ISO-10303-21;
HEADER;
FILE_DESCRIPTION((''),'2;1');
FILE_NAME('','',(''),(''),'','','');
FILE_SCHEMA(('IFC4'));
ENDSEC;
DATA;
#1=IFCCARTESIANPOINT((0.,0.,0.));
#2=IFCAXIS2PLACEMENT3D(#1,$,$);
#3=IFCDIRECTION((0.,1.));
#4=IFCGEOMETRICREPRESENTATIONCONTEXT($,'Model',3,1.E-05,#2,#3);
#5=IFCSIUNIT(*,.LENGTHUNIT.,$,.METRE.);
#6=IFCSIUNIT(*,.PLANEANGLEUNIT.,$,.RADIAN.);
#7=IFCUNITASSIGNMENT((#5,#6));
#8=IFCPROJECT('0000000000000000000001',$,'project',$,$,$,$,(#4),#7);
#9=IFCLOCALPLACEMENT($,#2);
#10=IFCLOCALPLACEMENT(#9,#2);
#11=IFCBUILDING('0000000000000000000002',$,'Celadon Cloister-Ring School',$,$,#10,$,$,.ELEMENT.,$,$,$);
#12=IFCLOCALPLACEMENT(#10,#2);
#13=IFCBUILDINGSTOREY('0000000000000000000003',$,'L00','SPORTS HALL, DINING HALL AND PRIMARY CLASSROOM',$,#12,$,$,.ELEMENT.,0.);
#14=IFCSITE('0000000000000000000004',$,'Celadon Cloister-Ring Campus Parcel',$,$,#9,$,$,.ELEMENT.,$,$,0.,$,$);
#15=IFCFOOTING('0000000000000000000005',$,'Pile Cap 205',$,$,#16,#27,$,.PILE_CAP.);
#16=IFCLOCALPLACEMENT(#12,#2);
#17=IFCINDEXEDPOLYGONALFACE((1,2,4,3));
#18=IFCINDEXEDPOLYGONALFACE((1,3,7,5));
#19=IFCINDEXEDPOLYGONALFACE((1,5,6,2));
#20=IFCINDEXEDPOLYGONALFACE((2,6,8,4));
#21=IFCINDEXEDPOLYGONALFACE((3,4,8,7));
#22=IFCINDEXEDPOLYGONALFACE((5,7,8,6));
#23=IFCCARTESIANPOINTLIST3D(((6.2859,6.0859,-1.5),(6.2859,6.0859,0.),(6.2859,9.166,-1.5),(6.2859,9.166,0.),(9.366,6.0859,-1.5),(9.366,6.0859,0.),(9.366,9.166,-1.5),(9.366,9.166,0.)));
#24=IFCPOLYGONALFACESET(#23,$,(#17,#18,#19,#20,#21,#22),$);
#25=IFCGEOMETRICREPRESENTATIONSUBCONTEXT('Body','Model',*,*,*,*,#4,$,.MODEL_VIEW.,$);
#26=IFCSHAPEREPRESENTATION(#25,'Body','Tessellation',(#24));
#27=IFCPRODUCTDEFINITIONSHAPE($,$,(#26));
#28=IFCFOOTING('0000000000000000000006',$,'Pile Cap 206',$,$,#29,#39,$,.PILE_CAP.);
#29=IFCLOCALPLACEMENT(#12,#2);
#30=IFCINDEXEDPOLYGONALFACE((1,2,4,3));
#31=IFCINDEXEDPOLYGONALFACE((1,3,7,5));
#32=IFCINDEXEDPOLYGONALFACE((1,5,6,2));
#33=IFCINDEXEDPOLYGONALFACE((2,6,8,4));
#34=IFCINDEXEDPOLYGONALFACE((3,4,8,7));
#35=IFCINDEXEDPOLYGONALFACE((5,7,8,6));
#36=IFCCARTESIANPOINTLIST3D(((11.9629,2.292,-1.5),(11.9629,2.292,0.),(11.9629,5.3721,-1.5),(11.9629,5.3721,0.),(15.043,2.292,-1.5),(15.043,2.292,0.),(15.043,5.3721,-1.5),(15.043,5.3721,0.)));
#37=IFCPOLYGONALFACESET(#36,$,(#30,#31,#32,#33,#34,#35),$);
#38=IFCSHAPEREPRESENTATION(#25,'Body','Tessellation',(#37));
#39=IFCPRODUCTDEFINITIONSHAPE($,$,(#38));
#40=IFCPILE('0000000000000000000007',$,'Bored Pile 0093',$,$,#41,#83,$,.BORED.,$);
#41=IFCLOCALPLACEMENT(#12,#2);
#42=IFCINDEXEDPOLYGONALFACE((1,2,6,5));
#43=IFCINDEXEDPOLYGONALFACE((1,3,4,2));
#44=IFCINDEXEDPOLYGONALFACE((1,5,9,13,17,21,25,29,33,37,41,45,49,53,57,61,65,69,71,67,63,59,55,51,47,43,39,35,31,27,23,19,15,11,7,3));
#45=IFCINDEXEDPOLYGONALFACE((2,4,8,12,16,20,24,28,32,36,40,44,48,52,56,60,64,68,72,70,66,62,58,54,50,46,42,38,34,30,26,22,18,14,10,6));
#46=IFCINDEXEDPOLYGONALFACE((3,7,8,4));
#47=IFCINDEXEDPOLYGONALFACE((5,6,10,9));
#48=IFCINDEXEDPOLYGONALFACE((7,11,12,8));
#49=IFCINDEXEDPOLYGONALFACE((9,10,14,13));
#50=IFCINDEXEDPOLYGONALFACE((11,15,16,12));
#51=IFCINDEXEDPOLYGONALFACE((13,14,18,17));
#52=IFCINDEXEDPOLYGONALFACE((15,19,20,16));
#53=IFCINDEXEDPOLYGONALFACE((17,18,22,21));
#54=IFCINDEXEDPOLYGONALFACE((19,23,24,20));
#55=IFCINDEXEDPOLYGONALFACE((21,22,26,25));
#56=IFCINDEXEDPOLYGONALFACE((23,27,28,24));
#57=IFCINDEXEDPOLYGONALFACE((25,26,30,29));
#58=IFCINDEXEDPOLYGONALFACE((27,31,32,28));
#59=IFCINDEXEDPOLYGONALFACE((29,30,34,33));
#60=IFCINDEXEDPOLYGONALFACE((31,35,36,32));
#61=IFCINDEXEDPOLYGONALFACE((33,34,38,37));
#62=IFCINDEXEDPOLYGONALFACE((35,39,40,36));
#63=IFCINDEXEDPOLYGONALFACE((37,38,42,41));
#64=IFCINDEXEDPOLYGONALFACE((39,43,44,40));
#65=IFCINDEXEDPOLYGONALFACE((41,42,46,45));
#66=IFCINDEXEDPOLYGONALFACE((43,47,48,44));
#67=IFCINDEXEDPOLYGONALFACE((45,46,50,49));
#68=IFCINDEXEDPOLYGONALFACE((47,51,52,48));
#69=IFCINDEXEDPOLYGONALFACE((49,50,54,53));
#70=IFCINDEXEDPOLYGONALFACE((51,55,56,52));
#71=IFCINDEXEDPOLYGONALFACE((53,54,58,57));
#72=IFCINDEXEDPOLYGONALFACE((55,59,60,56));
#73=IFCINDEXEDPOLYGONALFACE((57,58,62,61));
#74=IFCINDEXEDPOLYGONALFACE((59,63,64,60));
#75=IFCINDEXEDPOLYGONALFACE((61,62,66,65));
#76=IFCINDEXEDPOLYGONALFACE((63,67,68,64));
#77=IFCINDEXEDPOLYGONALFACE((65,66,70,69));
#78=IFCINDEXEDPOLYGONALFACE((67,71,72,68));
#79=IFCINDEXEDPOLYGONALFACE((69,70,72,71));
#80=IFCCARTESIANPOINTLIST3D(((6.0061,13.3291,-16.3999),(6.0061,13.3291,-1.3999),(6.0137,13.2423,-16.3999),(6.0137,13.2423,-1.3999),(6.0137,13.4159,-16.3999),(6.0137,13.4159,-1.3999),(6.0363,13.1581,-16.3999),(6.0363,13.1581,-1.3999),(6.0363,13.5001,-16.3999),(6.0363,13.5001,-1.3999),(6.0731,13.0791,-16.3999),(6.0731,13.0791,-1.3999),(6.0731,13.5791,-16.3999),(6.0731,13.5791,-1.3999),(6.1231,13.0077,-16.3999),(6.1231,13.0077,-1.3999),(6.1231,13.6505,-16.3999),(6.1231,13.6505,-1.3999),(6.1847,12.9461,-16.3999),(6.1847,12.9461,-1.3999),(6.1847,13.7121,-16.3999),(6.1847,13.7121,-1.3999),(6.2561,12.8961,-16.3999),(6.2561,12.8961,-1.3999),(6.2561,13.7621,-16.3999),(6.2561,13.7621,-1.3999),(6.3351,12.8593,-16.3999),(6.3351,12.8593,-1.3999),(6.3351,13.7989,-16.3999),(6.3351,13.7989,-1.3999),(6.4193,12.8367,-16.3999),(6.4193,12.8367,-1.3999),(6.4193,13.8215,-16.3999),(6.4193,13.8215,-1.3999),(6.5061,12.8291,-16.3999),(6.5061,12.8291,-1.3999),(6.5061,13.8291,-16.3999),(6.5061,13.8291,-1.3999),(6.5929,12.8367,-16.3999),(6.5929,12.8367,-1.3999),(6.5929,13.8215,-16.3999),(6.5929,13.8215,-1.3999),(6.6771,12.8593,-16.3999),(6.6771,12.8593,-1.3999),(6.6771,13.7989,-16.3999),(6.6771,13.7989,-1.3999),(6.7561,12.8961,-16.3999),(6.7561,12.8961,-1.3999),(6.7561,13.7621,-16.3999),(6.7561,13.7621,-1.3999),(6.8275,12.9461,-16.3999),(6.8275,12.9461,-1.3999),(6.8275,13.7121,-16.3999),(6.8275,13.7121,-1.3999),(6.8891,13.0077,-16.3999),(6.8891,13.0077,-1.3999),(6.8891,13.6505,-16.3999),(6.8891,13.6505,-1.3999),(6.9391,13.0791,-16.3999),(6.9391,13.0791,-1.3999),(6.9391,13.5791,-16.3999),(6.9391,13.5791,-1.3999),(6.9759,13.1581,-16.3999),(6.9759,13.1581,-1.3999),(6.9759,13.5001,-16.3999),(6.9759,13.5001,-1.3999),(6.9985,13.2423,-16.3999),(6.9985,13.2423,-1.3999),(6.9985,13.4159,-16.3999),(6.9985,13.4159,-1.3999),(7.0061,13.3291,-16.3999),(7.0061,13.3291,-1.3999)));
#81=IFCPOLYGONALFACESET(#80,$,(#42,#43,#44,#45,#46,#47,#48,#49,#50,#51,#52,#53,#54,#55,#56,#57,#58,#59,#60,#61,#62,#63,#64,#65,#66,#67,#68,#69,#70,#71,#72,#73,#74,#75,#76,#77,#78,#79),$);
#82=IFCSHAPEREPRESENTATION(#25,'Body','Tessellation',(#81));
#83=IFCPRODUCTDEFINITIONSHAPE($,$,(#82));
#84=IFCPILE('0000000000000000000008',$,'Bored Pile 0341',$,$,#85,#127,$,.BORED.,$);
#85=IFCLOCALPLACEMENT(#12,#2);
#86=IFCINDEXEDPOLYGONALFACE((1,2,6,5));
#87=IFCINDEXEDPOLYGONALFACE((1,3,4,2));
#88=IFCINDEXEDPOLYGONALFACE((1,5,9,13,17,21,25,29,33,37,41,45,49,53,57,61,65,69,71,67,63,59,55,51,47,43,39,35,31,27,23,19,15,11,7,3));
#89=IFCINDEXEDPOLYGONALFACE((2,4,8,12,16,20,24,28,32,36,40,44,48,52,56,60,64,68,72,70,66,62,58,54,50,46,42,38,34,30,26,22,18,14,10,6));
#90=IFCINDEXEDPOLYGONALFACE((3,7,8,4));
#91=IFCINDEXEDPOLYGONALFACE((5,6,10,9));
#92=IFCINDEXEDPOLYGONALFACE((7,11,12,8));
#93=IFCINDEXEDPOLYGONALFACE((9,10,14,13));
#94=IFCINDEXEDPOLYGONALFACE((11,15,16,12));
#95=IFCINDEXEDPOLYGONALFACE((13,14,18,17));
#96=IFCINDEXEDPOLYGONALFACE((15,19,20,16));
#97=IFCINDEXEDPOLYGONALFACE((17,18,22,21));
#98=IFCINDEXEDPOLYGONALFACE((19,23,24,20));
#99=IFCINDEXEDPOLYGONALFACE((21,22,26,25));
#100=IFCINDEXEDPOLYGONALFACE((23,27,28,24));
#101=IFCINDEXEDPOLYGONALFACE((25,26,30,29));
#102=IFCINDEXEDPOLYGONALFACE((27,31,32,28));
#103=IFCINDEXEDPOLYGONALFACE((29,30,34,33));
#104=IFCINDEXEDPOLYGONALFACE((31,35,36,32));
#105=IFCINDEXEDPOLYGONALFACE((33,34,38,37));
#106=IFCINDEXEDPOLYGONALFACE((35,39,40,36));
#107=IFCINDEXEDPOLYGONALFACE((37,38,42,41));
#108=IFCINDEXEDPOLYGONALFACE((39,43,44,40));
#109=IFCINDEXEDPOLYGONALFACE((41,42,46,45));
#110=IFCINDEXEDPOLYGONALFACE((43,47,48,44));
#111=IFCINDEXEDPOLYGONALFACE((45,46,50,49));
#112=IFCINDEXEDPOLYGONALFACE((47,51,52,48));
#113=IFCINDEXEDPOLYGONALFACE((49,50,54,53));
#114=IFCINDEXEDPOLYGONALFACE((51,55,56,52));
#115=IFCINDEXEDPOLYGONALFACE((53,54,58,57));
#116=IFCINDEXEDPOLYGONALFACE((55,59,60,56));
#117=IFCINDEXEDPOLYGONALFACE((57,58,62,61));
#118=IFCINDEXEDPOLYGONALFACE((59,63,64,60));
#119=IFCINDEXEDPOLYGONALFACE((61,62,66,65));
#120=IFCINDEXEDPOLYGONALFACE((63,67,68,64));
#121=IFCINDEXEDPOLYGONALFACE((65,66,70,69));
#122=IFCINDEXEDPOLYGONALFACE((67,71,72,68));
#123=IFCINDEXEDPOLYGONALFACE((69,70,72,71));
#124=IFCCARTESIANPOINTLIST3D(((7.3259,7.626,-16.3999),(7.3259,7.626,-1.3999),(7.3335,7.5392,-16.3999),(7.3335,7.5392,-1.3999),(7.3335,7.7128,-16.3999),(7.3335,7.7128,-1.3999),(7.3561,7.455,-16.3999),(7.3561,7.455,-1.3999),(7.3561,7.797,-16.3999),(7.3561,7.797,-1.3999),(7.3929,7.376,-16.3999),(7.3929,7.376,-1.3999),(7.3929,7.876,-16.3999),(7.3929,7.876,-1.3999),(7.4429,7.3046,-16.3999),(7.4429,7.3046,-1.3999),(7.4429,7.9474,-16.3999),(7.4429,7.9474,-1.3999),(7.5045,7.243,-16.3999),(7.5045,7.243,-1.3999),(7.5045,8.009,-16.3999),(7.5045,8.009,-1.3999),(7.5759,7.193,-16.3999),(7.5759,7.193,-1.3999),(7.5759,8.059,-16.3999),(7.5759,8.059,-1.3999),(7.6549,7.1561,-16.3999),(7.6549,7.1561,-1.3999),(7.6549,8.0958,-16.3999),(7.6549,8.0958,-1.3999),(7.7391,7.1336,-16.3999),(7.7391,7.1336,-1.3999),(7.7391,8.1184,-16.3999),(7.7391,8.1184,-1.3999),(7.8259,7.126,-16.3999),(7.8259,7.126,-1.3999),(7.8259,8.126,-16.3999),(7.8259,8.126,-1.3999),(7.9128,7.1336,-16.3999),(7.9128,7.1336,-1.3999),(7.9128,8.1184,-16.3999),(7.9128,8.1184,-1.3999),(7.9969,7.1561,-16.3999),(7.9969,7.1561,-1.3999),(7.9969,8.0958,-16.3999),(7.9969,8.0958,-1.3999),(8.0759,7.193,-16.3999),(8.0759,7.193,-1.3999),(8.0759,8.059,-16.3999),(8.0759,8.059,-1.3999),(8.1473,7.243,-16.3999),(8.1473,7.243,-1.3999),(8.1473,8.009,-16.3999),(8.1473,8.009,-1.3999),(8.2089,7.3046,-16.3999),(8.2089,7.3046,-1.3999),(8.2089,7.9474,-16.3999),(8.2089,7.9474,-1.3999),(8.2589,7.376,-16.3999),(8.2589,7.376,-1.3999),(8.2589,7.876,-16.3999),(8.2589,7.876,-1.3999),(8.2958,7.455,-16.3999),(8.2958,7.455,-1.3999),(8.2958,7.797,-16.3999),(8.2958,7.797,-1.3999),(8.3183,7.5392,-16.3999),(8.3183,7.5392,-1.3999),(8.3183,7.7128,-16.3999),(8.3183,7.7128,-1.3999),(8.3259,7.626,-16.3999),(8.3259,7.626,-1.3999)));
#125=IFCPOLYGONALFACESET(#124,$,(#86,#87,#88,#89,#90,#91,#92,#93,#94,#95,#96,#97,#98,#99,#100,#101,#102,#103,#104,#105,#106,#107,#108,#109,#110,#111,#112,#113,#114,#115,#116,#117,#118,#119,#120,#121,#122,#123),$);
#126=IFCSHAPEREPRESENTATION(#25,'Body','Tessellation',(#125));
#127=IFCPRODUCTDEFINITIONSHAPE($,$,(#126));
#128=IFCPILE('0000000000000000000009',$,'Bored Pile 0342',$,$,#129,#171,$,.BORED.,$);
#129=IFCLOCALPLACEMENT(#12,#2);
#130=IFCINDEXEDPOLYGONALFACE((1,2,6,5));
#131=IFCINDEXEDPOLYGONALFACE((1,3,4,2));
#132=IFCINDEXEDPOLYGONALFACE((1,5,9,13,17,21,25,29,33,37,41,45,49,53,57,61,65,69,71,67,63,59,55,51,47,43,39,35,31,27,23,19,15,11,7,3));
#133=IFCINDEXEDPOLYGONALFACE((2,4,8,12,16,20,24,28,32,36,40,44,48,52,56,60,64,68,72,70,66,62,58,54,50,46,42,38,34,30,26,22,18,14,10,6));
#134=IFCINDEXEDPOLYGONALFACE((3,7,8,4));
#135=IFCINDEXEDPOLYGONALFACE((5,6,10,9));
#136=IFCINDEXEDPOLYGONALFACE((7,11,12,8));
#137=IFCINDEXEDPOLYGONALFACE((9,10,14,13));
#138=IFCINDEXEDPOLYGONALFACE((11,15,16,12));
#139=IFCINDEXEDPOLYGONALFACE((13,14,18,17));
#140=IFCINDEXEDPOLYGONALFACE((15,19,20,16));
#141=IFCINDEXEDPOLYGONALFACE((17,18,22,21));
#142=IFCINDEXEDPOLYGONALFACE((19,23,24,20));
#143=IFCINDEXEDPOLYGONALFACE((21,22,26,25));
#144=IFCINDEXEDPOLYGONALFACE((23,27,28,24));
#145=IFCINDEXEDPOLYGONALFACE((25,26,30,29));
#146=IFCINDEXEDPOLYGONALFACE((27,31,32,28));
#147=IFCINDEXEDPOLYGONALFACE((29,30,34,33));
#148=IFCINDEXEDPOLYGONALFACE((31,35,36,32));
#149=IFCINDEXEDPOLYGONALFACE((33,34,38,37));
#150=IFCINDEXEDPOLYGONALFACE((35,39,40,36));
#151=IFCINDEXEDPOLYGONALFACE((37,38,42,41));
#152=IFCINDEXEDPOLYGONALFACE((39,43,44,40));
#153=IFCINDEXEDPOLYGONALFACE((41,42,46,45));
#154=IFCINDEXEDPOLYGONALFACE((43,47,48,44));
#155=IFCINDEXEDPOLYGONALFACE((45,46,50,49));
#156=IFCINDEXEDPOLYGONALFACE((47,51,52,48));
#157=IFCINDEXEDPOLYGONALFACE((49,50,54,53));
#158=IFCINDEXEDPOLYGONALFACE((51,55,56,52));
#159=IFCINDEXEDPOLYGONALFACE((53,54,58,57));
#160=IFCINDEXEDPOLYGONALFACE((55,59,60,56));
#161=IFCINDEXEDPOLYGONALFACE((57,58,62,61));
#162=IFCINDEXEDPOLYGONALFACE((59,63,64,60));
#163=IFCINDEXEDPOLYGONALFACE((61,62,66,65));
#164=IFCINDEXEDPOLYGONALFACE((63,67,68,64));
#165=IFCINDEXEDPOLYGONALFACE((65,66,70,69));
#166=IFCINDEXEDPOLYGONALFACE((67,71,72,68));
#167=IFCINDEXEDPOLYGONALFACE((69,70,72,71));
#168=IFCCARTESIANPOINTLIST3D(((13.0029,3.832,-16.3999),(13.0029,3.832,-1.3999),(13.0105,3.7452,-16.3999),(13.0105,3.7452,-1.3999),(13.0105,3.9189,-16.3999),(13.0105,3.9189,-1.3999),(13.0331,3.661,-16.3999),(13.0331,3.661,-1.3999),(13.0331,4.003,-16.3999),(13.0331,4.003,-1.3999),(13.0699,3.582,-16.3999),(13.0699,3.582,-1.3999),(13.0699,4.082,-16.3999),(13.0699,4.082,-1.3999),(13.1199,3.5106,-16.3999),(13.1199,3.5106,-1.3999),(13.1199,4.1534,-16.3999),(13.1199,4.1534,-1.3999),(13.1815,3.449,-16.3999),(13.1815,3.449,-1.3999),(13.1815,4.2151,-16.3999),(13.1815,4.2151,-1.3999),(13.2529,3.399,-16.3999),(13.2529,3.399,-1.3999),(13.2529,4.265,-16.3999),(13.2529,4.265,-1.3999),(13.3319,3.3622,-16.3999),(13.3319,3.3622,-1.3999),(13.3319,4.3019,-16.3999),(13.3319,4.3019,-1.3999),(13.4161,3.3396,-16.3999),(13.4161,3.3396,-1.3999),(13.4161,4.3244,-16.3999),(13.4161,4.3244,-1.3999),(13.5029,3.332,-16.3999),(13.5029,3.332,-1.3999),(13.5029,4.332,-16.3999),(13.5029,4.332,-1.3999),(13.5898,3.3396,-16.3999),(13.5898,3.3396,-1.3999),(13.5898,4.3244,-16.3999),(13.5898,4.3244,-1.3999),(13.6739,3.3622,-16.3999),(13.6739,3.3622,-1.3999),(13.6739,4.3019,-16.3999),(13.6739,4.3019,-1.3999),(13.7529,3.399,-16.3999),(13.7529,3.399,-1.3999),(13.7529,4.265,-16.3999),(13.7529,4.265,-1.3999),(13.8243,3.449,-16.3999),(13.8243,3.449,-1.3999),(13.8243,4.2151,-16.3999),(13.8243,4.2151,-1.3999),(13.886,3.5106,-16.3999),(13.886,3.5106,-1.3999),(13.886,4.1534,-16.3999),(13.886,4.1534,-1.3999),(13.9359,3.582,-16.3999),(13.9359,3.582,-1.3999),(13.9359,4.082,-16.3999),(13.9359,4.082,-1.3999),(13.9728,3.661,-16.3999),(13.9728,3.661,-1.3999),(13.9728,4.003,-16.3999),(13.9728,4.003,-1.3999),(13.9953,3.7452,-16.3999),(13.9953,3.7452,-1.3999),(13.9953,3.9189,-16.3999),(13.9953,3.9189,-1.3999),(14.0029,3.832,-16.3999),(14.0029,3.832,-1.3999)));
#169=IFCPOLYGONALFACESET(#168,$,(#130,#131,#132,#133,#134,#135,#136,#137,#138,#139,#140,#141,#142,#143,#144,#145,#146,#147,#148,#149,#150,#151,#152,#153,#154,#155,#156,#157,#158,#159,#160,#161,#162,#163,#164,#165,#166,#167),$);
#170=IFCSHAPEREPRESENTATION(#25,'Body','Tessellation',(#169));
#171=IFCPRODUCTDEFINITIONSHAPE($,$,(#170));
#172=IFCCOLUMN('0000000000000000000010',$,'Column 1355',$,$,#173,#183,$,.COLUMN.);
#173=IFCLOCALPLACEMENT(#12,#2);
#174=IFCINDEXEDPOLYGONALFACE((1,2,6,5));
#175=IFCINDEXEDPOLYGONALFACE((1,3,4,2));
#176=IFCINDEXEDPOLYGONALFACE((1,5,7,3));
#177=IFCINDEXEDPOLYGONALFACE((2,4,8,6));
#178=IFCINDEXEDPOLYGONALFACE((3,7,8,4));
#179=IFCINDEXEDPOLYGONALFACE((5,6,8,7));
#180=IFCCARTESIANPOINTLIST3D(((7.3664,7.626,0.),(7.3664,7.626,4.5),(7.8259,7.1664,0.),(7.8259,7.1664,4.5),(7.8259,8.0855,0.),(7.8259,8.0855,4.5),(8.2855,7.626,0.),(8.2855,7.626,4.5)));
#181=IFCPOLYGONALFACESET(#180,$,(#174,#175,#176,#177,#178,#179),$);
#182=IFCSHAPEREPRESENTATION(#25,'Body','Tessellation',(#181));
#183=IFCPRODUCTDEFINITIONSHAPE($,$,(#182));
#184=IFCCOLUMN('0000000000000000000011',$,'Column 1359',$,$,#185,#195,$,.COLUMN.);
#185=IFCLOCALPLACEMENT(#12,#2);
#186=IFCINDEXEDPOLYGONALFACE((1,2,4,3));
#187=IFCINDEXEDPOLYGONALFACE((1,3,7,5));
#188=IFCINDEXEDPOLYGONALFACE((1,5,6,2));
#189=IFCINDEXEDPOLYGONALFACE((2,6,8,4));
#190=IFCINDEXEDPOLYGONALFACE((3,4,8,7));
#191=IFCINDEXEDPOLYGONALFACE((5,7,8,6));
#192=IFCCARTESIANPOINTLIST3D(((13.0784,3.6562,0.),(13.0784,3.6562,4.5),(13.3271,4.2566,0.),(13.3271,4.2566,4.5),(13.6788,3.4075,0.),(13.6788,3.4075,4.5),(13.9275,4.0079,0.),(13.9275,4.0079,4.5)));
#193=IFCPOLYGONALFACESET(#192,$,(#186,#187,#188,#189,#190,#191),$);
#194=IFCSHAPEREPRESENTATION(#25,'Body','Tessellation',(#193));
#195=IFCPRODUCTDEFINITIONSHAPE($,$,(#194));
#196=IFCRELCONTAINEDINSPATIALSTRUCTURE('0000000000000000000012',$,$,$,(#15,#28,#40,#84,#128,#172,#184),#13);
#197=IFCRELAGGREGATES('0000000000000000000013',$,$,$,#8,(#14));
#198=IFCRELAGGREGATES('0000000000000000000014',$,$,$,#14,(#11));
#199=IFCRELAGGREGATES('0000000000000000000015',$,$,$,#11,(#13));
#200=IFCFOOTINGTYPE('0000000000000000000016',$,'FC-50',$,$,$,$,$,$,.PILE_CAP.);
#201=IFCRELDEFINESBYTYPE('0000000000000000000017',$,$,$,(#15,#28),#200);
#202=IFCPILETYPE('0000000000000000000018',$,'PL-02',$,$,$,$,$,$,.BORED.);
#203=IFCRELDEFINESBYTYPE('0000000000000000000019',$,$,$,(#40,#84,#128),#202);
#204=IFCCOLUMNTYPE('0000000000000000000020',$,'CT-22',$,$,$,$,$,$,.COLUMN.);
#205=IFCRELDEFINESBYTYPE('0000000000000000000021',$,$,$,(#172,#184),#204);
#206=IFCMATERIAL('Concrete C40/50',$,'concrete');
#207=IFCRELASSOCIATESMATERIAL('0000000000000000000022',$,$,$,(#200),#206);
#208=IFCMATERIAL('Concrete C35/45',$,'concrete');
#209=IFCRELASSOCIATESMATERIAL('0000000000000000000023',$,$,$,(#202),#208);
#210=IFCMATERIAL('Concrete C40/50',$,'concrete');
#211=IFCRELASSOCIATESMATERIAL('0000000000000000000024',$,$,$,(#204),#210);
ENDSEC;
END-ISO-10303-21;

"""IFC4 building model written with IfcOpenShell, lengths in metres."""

from ifc_helpers import new_model, si_unit, direction, frame, origin, origin_2d, place, context, subcontext, project, spatial, rectangle, circle, extrude, material, material_profile, profile_set, type_object, element, save


model = new_model("IFC4")

# Units and contexts
model_context = context("Model", 3, precision=1e-05, world=origin(), true_north=direction((0.0, 1.0)))
body_context = subcontext(model_context, "Body", "Model", "MODEL_VIEW")
ifc_project = project(units=[si_unit("LENGTHUNIT", "METRE"), si_unit("PLANEANGLEUNIT", "RADIAN")], contexts=[model_context])

# Site, building, storey
site_placement = place(None, origin())
site = spatial("IfcSite", under=ifc_project, at=site_placement, Name="Celadon Cloister-Ring Campus Parcel", CompositionType="ELEMENT", RefElevation=0.0)
building_placement = place(site_placement, origin())
building = spatial("IfcBuilding", under=site, at=building_placement, Name="Celadon Cloister-Ring School", CompositionType="ELEMENT")
storey_placement = place(building_placement, origin())
storey = spatial("IfcBuildingStorey", under=building, at=storey_placement, Name="L00", Description="SPORTS HALL, DINING HALL AND PRIMARY CLASSROOM", CompositionType="ELEMENT", Elevation=0.0)

# Footings
ifc_material_1 = material(Name="Concrete C40/50", Category="concrete")
footing_type = type_object("IfcFootingType", Name="FC-50", PredefinedType="PILE_CAP", material=ifc_material_1)
for number, where, z_axis, x_axis, name in (
    (1, (7.8259, 7.626, -1.5), (0.0, 0.0, 1.0), (1.0, 0.0, 0.0), "Pile Cap 205"),
    (2, (13.5029, 3.832, -1.5), (0.0, 0.0, 1.0), (1.0, 0.0, 0.0), "Pile Cap 206"),
):
    element("IfcFooting", number, at=place(storey_placement, frame(where, z_axis=z_axis, x_axis=x_axis)), inside=storey, type_object=footing_type, Name=name, PredefinedType="PILE_CAP", context=body_context, shape_type="SweptSolid", body=[
        extrude(rectangle(XDim=3.0801, YDim=3.0801, at=origin_2d()), origin(), (0.0, 0.0, 1.0), 1.5),
    ])

# Piles
ifc_material_2 = material(Name="Concrete C35/45", Category="concrete")
ifc_material_profile_1 = material_profile(ifc_material_2, circle(Radius=0.5, at=origin_2d()), Name="PILE1000")
ifc_profile_set_1 = profile_set([ifc_material_profile_1], Name="Concrete C35/45")
pile_type = type_object("IfcPileType", Name="PL-02", PredefinedType="BORED", material=ifc_profile_set_1)
for number, where, z_axis, x_axis, name in (
    (3, (6.5061, 13.3291, -1.3999), (0.0, 0.0, -1.0), (1.0, 0.0, 0.0), "Bored Pile 0093"),
    (4, (7.8259, 7.626, -1.3999), (0.0, 0.0, -1.0), (1.0, 0.0, 0.0), "Bored Pile 0341"),
    (5, (13.5029, 3.832, -1.3999), (0.0, 0.0, -1.0), (1.0, 0.0, 0.0), "Bored Pile 0342"),
):
    element("IfcPile", number, at=place(storey_placement, frame(where, z_axis=z_axis, x_axis=x_axis)), inside=storey, type_object=pile_type, Name=name, PredefinedType="BORED", context=body_context, shape_type="SweptSolid", body=[
        extrude(circle(Radius=0.5, at=origin_2d()), origin(), (0.0, 0.0, 1.0), 15.0),
    ])

# Columns
ifc_material_3 = material(Name="Concrete C40/50", Category="concrete")
ifc_material_profile_2 = material_profile(ifc_material_3, rectangle(XDim=0.6499, YDim=0.6499, at=origin_2d()), Name="RC650X650")
ifc_profile_set_2 = profile_set([ifc_material_profile_2], Name="Concrete C40/50")
column_type = type_object("IfcColumnType", Name="CT-22", PredefinedType="COLUMN", material=ifc_profile_set_2)
for number, where, z_axis, x_axis, name in (
    (6, (7.8259, 7.626, 0.0), (0.0, 0.0, 1.0), (-0.707107, -0.707107, 0.0), "Column 1355"),
    (7, (13.5029, 3.832, 0.0), (0.0, 0.0, 1.0), (-0.382683, -0.92388, 0.0), "Column 1359"),
):
    element("IfcColumn", number, at=place(storey_placement, frame(where, z_axis=z_axis, x_axis=x_axis)), inside=storey, type_object=column_type, Name=name, PredefinedType="COLUMN", context=body_context, shape_type="SweptSolid", body=[
        extrude(rectangle(XDim=0.6499, YDim=0.6499, at=origin_2d()), origin(), (0.0, 0.0, 1.0), 4.5),
    ])

save(model, "model.ifc")
